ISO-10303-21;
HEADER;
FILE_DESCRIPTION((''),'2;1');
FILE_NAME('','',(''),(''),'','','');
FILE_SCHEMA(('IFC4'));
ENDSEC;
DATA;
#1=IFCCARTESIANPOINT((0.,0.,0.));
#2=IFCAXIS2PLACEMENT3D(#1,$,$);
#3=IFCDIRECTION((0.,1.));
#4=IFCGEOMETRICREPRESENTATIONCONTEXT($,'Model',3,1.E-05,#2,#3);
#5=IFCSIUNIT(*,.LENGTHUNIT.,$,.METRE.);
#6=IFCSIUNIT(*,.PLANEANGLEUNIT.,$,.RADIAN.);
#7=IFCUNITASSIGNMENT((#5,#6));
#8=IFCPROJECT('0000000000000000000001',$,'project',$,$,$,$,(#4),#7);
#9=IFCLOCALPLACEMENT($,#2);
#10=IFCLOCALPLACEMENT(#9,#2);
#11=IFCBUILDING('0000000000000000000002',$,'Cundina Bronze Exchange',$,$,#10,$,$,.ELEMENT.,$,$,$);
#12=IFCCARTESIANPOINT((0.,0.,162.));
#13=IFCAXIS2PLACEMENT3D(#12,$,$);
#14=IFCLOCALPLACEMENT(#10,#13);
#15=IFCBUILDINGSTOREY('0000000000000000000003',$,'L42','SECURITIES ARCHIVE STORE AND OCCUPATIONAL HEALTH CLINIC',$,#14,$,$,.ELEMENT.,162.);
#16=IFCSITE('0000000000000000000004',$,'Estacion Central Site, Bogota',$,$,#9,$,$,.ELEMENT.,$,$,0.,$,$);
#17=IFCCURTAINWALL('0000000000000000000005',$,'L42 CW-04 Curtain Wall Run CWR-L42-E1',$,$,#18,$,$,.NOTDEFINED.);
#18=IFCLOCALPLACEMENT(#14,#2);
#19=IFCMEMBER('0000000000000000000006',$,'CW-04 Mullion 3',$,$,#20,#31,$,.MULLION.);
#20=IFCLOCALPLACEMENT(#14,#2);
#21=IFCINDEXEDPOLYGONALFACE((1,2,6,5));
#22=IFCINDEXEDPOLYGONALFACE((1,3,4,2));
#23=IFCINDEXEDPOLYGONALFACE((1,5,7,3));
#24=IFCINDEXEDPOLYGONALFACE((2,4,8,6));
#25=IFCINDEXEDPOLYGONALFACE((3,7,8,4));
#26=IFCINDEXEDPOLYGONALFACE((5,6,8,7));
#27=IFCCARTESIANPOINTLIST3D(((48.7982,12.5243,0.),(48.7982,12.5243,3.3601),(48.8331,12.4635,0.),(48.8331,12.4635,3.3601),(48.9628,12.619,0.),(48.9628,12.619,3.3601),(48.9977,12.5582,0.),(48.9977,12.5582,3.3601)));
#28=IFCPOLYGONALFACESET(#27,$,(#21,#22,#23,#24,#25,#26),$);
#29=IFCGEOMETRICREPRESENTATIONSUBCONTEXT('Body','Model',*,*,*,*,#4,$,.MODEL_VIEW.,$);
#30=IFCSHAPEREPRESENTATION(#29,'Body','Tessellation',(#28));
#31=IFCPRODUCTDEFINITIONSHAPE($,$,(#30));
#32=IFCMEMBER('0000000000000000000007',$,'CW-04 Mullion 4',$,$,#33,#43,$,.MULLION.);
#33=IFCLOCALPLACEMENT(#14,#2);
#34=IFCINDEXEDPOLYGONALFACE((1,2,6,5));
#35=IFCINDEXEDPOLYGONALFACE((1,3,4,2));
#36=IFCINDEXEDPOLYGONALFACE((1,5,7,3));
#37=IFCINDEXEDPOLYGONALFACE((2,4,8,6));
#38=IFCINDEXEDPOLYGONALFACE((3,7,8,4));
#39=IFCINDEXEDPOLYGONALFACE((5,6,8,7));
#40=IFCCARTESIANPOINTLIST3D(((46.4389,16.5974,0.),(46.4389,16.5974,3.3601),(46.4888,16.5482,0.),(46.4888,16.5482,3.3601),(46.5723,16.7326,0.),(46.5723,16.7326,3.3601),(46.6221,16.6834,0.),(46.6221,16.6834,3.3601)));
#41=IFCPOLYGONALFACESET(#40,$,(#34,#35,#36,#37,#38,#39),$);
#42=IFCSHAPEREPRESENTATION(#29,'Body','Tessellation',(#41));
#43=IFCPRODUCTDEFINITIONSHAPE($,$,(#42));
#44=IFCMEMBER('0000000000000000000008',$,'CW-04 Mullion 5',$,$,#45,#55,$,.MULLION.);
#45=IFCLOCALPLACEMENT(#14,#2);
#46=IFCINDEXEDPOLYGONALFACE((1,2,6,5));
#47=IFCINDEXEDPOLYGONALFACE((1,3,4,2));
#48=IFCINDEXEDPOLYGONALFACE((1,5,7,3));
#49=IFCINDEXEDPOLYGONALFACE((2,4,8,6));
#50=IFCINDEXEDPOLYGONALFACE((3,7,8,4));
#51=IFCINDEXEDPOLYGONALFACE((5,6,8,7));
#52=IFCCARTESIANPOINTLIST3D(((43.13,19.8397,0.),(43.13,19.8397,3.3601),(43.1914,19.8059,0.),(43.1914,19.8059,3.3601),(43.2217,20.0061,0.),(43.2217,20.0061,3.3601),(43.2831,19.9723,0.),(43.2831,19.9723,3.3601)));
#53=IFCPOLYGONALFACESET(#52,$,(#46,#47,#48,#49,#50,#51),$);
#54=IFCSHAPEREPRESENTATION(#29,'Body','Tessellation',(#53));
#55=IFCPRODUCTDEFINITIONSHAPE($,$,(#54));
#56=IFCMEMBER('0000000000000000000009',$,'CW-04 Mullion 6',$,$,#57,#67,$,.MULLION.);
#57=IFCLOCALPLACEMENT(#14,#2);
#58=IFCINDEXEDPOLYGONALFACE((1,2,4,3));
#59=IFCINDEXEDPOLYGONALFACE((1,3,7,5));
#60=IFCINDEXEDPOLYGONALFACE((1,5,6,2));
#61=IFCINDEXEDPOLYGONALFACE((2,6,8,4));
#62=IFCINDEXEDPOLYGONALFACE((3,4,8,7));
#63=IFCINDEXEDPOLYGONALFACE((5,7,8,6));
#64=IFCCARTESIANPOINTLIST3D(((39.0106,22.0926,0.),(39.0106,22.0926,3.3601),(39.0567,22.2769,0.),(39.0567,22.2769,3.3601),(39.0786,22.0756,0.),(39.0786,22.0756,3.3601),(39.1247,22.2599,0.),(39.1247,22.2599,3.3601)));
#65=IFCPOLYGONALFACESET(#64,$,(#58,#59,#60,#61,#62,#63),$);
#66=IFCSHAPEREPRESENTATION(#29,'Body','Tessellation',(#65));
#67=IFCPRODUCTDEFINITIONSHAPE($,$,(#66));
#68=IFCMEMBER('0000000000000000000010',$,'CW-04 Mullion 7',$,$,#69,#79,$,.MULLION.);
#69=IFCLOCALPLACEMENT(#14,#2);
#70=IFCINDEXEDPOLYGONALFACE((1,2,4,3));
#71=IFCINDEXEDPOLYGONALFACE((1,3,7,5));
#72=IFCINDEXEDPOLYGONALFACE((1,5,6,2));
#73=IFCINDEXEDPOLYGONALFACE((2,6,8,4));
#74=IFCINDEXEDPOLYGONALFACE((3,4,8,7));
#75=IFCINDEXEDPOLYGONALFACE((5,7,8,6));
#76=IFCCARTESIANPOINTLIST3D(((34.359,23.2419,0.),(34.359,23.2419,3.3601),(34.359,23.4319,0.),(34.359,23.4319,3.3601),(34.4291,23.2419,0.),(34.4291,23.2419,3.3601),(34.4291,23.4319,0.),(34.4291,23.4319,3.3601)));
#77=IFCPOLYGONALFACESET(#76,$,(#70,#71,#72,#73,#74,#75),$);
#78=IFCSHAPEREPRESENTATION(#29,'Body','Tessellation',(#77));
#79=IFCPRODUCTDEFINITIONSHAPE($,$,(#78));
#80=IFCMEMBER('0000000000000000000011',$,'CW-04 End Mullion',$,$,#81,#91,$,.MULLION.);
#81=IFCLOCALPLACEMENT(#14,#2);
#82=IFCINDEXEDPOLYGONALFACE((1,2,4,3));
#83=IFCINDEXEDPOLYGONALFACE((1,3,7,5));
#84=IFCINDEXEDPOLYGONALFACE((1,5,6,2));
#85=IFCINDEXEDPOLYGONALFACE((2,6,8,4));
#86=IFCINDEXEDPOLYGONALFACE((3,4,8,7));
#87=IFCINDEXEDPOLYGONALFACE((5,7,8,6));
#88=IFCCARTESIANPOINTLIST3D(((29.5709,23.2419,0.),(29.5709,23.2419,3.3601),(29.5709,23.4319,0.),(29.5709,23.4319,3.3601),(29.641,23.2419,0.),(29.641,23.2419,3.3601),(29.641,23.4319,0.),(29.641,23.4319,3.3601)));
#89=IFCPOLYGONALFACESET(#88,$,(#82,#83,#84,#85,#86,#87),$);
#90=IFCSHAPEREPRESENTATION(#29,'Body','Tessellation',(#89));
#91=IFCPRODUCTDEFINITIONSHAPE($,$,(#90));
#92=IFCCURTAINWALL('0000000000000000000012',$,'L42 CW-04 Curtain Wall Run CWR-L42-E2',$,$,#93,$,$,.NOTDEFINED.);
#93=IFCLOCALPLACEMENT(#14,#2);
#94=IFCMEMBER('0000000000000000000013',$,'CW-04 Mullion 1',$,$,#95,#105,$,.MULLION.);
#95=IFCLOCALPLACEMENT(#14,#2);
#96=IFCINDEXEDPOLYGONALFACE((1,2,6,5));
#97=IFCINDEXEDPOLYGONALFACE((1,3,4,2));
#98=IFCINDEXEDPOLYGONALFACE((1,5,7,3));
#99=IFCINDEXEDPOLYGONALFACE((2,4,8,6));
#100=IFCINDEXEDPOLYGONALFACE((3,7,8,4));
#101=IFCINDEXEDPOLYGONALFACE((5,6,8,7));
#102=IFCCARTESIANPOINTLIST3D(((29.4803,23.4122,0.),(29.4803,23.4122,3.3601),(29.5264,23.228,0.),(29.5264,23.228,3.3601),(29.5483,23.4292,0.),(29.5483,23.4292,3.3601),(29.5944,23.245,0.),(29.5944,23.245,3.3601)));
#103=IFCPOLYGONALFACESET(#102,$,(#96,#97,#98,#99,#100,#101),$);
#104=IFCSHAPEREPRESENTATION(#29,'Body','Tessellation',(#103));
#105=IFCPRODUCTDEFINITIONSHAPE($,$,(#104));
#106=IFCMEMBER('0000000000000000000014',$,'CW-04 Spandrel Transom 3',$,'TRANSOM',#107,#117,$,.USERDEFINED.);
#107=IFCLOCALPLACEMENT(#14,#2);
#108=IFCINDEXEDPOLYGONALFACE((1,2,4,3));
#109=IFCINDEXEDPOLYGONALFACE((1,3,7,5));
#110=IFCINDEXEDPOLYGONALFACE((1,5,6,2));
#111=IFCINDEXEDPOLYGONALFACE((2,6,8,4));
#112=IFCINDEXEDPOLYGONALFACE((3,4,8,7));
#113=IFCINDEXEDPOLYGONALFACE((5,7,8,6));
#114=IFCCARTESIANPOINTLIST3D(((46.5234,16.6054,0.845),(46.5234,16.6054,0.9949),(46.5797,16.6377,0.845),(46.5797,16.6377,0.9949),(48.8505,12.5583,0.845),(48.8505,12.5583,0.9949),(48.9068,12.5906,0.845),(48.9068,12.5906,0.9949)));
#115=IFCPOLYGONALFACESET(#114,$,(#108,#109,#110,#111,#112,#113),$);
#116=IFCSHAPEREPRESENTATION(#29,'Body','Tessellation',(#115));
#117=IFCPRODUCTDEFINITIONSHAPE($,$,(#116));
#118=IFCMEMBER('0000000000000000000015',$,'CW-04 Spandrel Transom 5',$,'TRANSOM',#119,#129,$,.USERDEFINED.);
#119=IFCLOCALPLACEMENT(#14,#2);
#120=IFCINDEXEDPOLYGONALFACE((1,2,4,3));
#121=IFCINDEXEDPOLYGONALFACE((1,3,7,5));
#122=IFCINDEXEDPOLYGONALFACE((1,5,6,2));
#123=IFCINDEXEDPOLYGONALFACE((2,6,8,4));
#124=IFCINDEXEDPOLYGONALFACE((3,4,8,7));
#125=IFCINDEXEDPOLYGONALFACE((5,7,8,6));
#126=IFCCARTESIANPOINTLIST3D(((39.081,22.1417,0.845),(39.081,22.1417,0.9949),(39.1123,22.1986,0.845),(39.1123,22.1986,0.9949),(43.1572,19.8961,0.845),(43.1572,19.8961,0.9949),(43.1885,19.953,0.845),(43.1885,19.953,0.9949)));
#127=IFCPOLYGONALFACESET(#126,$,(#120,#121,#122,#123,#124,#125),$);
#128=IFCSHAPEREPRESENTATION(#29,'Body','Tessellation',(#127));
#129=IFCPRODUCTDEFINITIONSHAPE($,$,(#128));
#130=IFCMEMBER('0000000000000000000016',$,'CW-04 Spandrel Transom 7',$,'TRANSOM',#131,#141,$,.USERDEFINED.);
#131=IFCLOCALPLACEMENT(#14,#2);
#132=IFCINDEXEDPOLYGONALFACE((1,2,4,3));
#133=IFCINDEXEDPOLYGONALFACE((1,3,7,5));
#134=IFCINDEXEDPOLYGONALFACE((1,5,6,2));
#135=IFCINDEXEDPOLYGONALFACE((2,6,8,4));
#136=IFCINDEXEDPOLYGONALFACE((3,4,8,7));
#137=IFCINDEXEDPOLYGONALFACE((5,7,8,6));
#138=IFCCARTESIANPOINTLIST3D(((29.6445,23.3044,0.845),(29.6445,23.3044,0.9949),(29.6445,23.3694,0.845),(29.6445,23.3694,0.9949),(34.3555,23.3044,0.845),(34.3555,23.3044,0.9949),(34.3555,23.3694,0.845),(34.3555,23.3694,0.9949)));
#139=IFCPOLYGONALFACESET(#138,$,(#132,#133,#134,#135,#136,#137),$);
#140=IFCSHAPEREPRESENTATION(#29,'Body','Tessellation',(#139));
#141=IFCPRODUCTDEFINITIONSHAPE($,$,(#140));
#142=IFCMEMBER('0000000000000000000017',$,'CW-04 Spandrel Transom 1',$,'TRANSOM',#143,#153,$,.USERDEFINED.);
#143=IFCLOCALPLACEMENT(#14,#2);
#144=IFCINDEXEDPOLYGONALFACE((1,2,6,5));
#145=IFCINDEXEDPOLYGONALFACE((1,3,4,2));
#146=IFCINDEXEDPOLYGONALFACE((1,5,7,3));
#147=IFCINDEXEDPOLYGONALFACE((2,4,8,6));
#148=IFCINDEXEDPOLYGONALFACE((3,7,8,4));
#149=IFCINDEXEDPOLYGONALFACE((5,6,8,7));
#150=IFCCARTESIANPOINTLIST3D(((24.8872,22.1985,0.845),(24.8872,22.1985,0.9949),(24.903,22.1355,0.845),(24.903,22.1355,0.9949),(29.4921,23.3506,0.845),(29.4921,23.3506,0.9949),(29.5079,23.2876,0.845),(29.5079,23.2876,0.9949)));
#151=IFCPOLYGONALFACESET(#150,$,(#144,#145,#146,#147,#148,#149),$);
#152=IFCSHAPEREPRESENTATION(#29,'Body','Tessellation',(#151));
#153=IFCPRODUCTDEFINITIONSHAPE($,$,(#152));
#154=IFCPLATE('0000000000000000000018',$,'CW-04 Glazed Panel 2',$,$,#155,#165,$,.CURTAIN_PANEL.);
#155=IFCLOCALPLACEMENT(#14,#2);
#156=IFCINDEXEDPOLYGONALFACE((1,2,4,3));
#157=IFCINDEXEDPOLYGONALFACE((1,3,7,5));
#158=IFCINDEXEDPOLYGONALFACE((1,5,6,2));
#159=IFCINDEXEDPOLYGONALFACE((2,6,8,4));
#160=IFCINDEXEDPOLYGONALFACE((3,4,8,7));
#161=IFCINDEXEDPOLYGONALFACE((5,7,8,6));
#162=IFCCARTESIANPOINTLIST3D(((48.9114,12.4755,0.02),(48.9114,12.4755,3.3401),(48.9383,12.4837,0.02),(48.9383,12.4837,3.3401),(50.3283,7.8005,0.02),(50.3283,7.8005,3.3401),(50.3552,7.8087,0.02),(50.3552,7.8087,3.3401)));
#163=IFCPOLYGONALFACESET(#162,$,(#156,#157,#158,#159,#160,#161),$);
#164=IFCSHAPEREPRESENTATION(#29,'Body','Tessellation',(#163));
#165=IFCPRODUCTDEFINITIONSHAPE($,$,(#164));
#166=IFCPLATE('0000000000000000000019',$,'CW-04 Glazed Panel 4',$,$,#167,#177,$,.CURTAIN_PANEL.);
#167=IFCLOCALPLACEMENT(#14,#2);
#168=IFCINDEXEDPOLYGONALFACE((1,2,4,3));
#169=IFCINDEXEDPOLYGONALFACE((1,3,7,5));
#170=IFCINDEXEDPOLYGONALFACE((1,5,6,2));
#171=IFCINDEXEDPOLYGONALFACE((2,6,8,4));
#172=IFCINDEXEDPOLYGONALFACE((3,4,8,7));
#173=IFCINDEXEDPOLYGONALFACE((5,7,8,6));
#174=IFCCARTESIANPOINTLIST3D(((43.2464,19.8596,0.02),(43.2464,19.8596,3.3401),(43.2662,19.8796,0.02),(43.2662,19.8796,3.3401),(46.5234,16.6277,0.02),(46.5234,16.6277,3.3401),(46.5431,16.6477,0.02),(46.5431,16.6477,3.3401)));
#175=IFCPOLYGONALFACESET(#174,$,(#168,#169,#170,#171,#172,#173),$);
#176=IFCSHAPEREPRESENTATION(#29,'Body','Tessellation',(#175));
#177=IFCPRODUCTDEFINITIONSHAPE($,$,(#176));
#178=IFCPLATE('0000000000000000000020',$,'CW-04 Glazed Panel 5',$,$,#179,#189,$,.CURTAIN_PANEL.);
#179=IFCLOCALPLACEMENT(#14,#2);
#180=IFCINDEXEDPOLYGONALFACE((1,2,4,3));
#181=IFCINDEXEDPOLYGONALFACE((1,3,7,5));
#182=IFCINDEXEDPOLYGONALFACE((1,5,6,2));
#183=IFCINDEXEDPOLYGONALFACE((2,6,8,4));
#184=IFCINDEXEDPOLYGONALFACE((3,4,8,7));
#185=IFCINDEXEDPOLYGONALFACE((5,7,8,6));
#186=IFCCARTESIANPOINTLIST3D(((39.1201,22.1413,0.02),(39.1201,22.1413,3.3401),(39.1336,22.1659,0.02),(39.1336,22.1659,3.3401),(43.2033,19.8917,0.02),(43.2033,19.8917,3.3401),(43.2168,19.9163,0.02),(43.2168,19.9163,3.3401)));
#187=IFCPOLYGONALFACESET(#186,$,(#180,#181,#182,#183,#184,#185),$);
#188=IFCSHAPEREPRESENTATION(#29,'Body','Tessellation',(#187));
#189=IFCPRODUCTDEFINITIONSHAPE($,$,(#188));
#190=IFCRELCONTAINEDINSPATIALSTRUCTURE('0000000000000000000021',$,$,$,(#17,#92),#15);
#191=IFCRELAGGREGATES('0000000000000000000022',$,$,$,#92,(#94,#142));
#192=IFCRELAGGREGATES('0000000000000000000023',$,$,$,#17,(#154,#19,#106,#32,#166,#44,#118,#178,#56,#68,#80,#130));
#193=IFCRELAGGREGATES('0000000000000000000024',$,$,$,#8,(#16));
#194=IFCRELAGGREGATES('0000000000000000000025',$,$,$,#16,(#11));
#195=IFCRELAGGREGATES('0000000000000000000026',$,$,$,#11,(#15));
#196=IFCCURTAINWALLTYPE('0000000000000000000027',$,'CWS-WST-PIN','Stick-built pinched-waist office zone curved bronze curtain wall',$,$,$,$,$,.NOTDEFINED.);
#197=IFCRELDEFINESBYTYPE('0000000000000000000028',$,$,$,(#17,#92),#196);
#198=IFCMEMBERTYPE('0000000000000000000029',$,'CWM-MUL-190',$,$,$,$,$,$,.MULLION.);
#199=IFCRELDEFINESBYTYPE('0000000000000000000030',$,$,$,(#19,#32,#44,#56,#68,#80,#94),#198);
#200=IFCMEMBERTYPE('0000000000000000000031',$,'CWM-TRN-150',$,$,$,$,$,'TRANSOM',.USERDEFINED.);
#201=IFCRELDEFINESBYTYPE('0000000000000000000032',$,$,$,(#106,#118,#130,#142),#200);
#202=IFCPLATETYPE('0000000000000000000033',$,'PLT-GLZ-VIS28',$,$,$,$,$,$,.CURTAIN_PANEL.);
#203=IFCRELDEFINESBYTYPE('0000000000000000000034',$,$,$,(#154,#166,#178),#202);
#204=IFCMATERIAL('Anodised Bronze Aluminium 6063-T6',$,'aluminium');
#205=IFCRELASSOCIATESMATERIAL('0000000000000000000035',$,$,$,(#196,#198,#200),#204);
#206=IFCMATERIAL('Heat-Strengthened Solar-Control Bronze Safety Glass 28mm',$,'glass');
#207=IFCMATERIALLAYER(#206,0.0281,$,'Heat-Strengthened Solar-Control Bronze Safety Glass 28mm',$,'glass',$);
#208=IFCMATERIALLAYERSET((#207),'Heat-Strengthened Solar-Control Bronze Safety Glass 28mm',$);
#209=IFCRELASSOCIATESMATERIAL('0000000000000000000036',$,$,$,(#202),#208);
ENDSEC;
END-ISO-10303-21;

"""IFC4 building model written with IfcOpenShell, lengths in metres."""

from ifc_helpers import new_model, si_unit, direction, frame, origin, origin_2d, place, context, subcontext, project, spatial, rectangle, extrude, material, layer, layer_set, material_profile, profile_set, type_object, element, aggregate, save


model = new_model("IFC4")

# Units and contexts
model_context = context("Model", 3, precision=1e-05, world=origin(), true_north=direction((0.0, 1.0)))
body_context = subcontext(model_context, "Body", "Model", "MODEL_VIEW")
ifc_project = project(units=[si_unit("LENGTHUNIT", "METRE"), si_unit("PLANEANGLEUNIT", "RADIAN")], contexts=[model_context])

# Site, building, storey
site_placement = place(None, origin())
site = spatial("IfcSite", under=ifc_project, at=site_placement, Name="Estacion Central Site, Bogota", CompositionType="ELEMENT", RefElevation=0.0)
building_placement = place(site_placement, origin())
building = spatial("IfcBuilding", under=site, at=building_placement, Name="Cundina Bronze Exchange", CompositionType="ELEMENT")
storey_placement = place(building_placement, frame((0.0, 0.0, 162.0)))
storey = spatial("IfcBuildingStorey", under=building, at=storey_placement, Name="L42", Description="SECURITIES ARCHIVE STORE AND OCCUPATIONAL HEALTH CLINIC", CompositionType="ELEMENT", Elevation=162.0)

# Curtain wall, members
ifc_material_1 = material(Name="Anodised Bronze Aluminium 6063-T6", Category="aluminium")
curtain_wall_type = type_object("IfcCurtainWallType", Name="CWS-WST-PIN", Description="Stick-built pinched-waist office zone curved bronze curtain wall", PredefinedType="NOTDEFINED", material=ifc_material_1)
curtain_wall_1_placement = place(storey_placement, origin())
curtain_wall_1 = element("IfcCurtainWall", 1, at=curtain_wall_1_placement, inside=storey, type_object=curtain_wall_type, Name="L42 CW-04 Curtain Wall Run CWR-L42-E1", PredefinedType="NOTDEFINED")
ifc_material_profile_1 = material_profile(ifc_material_1, rectangle(XDim=0.0701, YDim=0.1899, at=origin_2d()), Name="AL70X190", Category="aluminium")
ifc_profile_set_1 = profile_set([ifc_material_profile_1], Name="Anodised Bronze Aluminium 6063-T6")
member_type_1 = type_object("IfcMemberType", Name="CWM-MUL-190", PredefinedType="MULLION", material=ifc_profile_set_1)
member_1_placement = place(storey_placement, frame((48.8979, 12.5413, 0.0), z_axis=(0.0, 0.0, 1.0), x_axis=(-0.498488, 0.866897, 0.0)))
member_1 = element("IfcMember", 2, at=member_1_placement, type_object=member_type_1, Name="CW-04 Mullion 3", PredefinedType="MULLION", context=body_context, shape_type="SweptSolid", body=[
    extrude(rectangle(XDim=0.0701, YDim=0.1899, at=origin_2d()), origin(), (0.0, 0.0, 1.0), 3.3601),
])
member_2_placement = place(storey_placement, frame((46.5305, 16.6404, 0.0), z_axis=(0.0, 0.0, 1.0), x_axis=(-0.712026, 0.702153, 0.0)))
member_2 = element("IfcMember", 3, at=member_2_placement, type_object=member_type_1, Name="CW-04 Mullion 4", PredefinedType="MULLION", context=body_context, shape_type="SweptSolid", body=[
    extrude(rectangle(XDim=0.0701, YDim=0.1899, at=origin_2d()), origin(), (0.0, 0.0, 1.0), 3.3601),
])
member_3_placement = place(storey_placement, frame((43.2065, 19.906, 0.0), z_axis=(0.0, 0.0, 1.0), x_axis=(-0.875886, 0.482518, 0.0)))
member_3 = element("IfcMember", 4, at=member_3_placement, type_object=member_type_1, Name="CW-04 Mullion 5", PredefinedType="MULLION", context=body_context, shape_type="SweptSolid", body=[
    extrude(rectangle(XDim=0.0701, YDim=0.1899, at=origin_2d()), origin(), (0.0, 0.0, 1.0), 3.3601),
])
member_4_placement = place(storey_placement, frame((39.0676, 22.1763, 0.0), z_axis=(0.0, 0.0, 1.0), x_axis=(-0.970084, 0.242769, 0.0)))
member_4 = element("IfcMember", 5, at=member_4_placement, type_object=member_type_1, Name="CW-04 Mullion 6", PredefinedType="MULLION", context=body_context, shape_type="SweptSolid", body=[
    extrude(rectangle(XDim=0.0701, YDim=0.1899, at=origin_2d()), origin(), (0.0, 0.0, 1.0), 3.3601),
])
member_5_placement = place(storey_placement, frame((34.394, 23.3369, 0.0), z_axis=(0.0, 0.0, 1.0), x_axis=(-1.0, 0.0, 0.0)))
member_5 = element("IfcMember", 6, at=member_5_placement, type_object=member_type_1, Name="CW-04 Mullion 7", PredefinedType="MULLION", context=body_context, shape_type="SweptSolid", body=[
    extrude(rectangle(XDim=0.0701, YDim=0.1899, at=origin_2d()), origin(), (0.0, 0.0, 1.0), 3.3601),
])
member_6_placement = place(storey_placement, frame((29.606, 23.3369, 0.0), z_axis=(0.0, 0.0, 1.0), x_axis=(-1.0, 0.0, 0.0)))
member_6 = element("IfcMember", 7, at=member_6_placement, type_object=member_type_1, Name="CW-04 End Mullion", PredefinedType="MULLION", context=body_context, shape_type="SweptSolid", body=[
    extrude(rectangle(XDim=0.0701, YDim=0.1899, at=origin_2d()), origin(), (0.0, 0.0, 1.0), 3.3601),
])

# Curtain wall, member
curtain_wall_2_placement = place(storey_placement, origin())
curtain_wall_2 = element("IfcCurtainWall", 8, at=curtain_wall_2_placement, inside=storey, type_object=curtain_wall_type, Name="L42 CW-04 Curtain Wall Run CWR-L42-E2", PredefinedType="NOTDEFINED")
member_7_placement = place(storey_placement, frame((29.5374, 23.3286, 0.0), z_axis=(0.0, 0.0, 1.0), x_axis=(-0.970084, -0.242769, 0.0)))
member_7 = element("IfcMember", 9, at=member_7_placement, type_object=member_type_1, Name="CW-04 Mullion 1", PredefinedType="MULLION", context=body_context, shape_type="SweptSolid", body=[
    extrude(rectangle(XDim=0.0701, YDim=0.1899, at=origin_2d()), origin(), (0.0, 0.0, 1.0), 3.3601),
])

# Members
ifc_material_profile_2 = material_profile(ifc_material_1, rectangle(XDim=0.0649, YDim=0.1499, at=origin_2d()), Name="AL65X150", Category="aluminium")
ifc_profile_set_2 = profile_set([ifc_material_profile_2], Name="Anodised Bronze Aluminium 6063-T6")
member_type_2 = type_object("IfcMemberType", Name="CWM-TRN-150", ElementType="TRANSOM", PredefinedType="USERDEFINED", material=ifc_profile_set_2)
member_8_placement = place(storey_placement, frame((48.8787, 12.5745, 0.9199), z_axis=(-0.49848, 0.866901, 0.0), x_axis=(-0.866901, -0.49848, 0.0)))
member_8 = element("IfcMember", 10, at=member_8_placement, type_object=member_type_2, Name="CW-04 Spandrel Transom 3", ObjectType="TRANSOM", PredefinedType="USERDEFINED", context=body_context, shape_type="SweptSolid", body=[
    extrude(rectangle(XDim=0.0649, YDim=0.1499, at=origin_2d()), origin(), (0.0, 0.0, 1.0), 4.6685),
])
member_9_placement = place(storey_placement, frame((43.1729, 19.9246, 0.9199), z_axis=(-0.875879, 0.482531, 0.0), x_axis=(-0.482531, -0.875879, 0.0)))
member_9 = element("IfcMember", 11, at=member_9_placement, type_object=member_type_2, Name="CW-04 Spandrel Transom 5", ObjectType="TRANSOM", PredefinedType="USERDEFINED", context=body_context, shape_type="SweptSolid", body=[
    extrude(rectangle(XDim=0.0649, YDim=0.1499, at=origin_2d()), origin(), (0.0, 0.0, 1.0), 4.6538),
])
member_10_placement = place(storey_placement, frame((34.3555, 23.3369, 0.9199), z_axis=(-1.0, 0.0, 0.0), x_axis=(0.0, -1.0, 0.0)))
member_10 = element("IfcMember", 12, at=member_10_placement, type_object=member_type_2, Name="CW-04 Spandrel Transom 7", ObjectType="TRANSOM", PredefinedType="USERDEFINED", context=body_context, shape_type="SweptSolid", body=[
    extrude(rectangle(XDim=0.0649, YDim=0.1499, at=origin_2d()), origin(), (0.0, 0.0, 1.0), 4.7109),
])
member_11_placement = place(storey_placement, frame((29.5, 23.3191, 0.9199), z_axis=(-0.9701, -0.242705, 0.0), x_axis=(0.242705, -0.9701, 0.0)))
member_11 = element("IfcMember", 13, at=member_11_placement, type_object=member_type_2, Name="CW-04 Spandrel Transom 1", ObjectType="TRANSOM", PredefinedType="USERDEFINED", context=body_context, shape_type="SweptSolid", body=[
    extrude(rectangle(XDim=0.0649, YDim=0.1499, at=origin_2d()), origin(), (0.0, 0.0, 1.0), 4.7468),
])
aggregate(curtain_wall_2, [member_7, member_11])

# Plates
ifc_material_2 = material(Name="Heat-Strengthened Solar-Control Bronze Safety Glass 28mm", Category="glass")
ifc_layer_1 = layer(ifc_material_2, 0.0281, Name="Heat-Strengthened Solar-Control Bronze Safety Glass 28mm", Category="glass")
ifc_layer_set_1 = layer_set([ifc_layer_1], Name="Heat-Strengthened Solar-Control Bronze Safety Glass 28mm")
plate_type_1 = type_object("IfcPlateType", Name="PLT-GLZ-VIS28", PredefinedType="CURTAIN_PANEL", material=ifc_layer_set_1)
plate_1_placement = place(storey_placement, frame((49.6333, 10.1421, 0.02), z_axis=(0.0, 0.0, 1.0), x_axis=(-0.290051, 0.957011, 0.0)))
plate_1 = element("IfcPlate", 14, at=plate_1_placement, type_object=plate_type_1, Name="CW-04 Glazed Panel 2", PredefinedType="CURTAIN_PANEL", context=body_context, shape_type="SweptSolid", body=[
    extrude(rectangle(XDim=4.885, YDim=0.0281, at=origin_2d()), origin(), (0.0, 0.0, 1.0), 3.3201),
])
plate_2_placement = place(storey_placement, frame((44.8948, 18.2537, 0.02), z_axis=(0.0, 0.0, 1.0), x_axis=(-0.711989, 0.70219, 0.0)))
plate_2 = element("IfcPlate", 15, at=plate_2_placement, type_object=plate_type_1, Name="CW-04 Glazed Panel 4", PredefinedType="CURTAIN_PANEL", context=body_context, shape_type="SweptSolid", body=[
    extrude(rectangle(XDim=4.6025, YDim=0.0281, at=origin_2d()), origin(), (0.0, 0.0, 1.0), 3.3201),
])
plate_3_placement = place(storey_placement, frame((41.1685, 21.0288, 0.02), z_axis=(0.0, 0.0, 1.0), x_axis=(-0.875869, 0.482549, 0.0)))
plate_3 = element("IfcPlate", 16, at=plate_3_placement, type_object=plate_type_1, Name="CW-04 Glazed Panel 5", PredefinedType="CURTAIN_PANEL", context=body_context, shape_type="SweptSolid", body=[
    extrude(rectangle(XDim=4.6619, YDim=0.0281, at=origin_2d()), origin(), (0.0, 0.0, 1.0), 3.3201),
])
aggregate(curtain_wall_1, [plate_1, member_1, member_8, member_2, plate_2, member_3, member_9, plate_3, member_4, member_5, member_6, member_10])

save(model, "model.ifc")
